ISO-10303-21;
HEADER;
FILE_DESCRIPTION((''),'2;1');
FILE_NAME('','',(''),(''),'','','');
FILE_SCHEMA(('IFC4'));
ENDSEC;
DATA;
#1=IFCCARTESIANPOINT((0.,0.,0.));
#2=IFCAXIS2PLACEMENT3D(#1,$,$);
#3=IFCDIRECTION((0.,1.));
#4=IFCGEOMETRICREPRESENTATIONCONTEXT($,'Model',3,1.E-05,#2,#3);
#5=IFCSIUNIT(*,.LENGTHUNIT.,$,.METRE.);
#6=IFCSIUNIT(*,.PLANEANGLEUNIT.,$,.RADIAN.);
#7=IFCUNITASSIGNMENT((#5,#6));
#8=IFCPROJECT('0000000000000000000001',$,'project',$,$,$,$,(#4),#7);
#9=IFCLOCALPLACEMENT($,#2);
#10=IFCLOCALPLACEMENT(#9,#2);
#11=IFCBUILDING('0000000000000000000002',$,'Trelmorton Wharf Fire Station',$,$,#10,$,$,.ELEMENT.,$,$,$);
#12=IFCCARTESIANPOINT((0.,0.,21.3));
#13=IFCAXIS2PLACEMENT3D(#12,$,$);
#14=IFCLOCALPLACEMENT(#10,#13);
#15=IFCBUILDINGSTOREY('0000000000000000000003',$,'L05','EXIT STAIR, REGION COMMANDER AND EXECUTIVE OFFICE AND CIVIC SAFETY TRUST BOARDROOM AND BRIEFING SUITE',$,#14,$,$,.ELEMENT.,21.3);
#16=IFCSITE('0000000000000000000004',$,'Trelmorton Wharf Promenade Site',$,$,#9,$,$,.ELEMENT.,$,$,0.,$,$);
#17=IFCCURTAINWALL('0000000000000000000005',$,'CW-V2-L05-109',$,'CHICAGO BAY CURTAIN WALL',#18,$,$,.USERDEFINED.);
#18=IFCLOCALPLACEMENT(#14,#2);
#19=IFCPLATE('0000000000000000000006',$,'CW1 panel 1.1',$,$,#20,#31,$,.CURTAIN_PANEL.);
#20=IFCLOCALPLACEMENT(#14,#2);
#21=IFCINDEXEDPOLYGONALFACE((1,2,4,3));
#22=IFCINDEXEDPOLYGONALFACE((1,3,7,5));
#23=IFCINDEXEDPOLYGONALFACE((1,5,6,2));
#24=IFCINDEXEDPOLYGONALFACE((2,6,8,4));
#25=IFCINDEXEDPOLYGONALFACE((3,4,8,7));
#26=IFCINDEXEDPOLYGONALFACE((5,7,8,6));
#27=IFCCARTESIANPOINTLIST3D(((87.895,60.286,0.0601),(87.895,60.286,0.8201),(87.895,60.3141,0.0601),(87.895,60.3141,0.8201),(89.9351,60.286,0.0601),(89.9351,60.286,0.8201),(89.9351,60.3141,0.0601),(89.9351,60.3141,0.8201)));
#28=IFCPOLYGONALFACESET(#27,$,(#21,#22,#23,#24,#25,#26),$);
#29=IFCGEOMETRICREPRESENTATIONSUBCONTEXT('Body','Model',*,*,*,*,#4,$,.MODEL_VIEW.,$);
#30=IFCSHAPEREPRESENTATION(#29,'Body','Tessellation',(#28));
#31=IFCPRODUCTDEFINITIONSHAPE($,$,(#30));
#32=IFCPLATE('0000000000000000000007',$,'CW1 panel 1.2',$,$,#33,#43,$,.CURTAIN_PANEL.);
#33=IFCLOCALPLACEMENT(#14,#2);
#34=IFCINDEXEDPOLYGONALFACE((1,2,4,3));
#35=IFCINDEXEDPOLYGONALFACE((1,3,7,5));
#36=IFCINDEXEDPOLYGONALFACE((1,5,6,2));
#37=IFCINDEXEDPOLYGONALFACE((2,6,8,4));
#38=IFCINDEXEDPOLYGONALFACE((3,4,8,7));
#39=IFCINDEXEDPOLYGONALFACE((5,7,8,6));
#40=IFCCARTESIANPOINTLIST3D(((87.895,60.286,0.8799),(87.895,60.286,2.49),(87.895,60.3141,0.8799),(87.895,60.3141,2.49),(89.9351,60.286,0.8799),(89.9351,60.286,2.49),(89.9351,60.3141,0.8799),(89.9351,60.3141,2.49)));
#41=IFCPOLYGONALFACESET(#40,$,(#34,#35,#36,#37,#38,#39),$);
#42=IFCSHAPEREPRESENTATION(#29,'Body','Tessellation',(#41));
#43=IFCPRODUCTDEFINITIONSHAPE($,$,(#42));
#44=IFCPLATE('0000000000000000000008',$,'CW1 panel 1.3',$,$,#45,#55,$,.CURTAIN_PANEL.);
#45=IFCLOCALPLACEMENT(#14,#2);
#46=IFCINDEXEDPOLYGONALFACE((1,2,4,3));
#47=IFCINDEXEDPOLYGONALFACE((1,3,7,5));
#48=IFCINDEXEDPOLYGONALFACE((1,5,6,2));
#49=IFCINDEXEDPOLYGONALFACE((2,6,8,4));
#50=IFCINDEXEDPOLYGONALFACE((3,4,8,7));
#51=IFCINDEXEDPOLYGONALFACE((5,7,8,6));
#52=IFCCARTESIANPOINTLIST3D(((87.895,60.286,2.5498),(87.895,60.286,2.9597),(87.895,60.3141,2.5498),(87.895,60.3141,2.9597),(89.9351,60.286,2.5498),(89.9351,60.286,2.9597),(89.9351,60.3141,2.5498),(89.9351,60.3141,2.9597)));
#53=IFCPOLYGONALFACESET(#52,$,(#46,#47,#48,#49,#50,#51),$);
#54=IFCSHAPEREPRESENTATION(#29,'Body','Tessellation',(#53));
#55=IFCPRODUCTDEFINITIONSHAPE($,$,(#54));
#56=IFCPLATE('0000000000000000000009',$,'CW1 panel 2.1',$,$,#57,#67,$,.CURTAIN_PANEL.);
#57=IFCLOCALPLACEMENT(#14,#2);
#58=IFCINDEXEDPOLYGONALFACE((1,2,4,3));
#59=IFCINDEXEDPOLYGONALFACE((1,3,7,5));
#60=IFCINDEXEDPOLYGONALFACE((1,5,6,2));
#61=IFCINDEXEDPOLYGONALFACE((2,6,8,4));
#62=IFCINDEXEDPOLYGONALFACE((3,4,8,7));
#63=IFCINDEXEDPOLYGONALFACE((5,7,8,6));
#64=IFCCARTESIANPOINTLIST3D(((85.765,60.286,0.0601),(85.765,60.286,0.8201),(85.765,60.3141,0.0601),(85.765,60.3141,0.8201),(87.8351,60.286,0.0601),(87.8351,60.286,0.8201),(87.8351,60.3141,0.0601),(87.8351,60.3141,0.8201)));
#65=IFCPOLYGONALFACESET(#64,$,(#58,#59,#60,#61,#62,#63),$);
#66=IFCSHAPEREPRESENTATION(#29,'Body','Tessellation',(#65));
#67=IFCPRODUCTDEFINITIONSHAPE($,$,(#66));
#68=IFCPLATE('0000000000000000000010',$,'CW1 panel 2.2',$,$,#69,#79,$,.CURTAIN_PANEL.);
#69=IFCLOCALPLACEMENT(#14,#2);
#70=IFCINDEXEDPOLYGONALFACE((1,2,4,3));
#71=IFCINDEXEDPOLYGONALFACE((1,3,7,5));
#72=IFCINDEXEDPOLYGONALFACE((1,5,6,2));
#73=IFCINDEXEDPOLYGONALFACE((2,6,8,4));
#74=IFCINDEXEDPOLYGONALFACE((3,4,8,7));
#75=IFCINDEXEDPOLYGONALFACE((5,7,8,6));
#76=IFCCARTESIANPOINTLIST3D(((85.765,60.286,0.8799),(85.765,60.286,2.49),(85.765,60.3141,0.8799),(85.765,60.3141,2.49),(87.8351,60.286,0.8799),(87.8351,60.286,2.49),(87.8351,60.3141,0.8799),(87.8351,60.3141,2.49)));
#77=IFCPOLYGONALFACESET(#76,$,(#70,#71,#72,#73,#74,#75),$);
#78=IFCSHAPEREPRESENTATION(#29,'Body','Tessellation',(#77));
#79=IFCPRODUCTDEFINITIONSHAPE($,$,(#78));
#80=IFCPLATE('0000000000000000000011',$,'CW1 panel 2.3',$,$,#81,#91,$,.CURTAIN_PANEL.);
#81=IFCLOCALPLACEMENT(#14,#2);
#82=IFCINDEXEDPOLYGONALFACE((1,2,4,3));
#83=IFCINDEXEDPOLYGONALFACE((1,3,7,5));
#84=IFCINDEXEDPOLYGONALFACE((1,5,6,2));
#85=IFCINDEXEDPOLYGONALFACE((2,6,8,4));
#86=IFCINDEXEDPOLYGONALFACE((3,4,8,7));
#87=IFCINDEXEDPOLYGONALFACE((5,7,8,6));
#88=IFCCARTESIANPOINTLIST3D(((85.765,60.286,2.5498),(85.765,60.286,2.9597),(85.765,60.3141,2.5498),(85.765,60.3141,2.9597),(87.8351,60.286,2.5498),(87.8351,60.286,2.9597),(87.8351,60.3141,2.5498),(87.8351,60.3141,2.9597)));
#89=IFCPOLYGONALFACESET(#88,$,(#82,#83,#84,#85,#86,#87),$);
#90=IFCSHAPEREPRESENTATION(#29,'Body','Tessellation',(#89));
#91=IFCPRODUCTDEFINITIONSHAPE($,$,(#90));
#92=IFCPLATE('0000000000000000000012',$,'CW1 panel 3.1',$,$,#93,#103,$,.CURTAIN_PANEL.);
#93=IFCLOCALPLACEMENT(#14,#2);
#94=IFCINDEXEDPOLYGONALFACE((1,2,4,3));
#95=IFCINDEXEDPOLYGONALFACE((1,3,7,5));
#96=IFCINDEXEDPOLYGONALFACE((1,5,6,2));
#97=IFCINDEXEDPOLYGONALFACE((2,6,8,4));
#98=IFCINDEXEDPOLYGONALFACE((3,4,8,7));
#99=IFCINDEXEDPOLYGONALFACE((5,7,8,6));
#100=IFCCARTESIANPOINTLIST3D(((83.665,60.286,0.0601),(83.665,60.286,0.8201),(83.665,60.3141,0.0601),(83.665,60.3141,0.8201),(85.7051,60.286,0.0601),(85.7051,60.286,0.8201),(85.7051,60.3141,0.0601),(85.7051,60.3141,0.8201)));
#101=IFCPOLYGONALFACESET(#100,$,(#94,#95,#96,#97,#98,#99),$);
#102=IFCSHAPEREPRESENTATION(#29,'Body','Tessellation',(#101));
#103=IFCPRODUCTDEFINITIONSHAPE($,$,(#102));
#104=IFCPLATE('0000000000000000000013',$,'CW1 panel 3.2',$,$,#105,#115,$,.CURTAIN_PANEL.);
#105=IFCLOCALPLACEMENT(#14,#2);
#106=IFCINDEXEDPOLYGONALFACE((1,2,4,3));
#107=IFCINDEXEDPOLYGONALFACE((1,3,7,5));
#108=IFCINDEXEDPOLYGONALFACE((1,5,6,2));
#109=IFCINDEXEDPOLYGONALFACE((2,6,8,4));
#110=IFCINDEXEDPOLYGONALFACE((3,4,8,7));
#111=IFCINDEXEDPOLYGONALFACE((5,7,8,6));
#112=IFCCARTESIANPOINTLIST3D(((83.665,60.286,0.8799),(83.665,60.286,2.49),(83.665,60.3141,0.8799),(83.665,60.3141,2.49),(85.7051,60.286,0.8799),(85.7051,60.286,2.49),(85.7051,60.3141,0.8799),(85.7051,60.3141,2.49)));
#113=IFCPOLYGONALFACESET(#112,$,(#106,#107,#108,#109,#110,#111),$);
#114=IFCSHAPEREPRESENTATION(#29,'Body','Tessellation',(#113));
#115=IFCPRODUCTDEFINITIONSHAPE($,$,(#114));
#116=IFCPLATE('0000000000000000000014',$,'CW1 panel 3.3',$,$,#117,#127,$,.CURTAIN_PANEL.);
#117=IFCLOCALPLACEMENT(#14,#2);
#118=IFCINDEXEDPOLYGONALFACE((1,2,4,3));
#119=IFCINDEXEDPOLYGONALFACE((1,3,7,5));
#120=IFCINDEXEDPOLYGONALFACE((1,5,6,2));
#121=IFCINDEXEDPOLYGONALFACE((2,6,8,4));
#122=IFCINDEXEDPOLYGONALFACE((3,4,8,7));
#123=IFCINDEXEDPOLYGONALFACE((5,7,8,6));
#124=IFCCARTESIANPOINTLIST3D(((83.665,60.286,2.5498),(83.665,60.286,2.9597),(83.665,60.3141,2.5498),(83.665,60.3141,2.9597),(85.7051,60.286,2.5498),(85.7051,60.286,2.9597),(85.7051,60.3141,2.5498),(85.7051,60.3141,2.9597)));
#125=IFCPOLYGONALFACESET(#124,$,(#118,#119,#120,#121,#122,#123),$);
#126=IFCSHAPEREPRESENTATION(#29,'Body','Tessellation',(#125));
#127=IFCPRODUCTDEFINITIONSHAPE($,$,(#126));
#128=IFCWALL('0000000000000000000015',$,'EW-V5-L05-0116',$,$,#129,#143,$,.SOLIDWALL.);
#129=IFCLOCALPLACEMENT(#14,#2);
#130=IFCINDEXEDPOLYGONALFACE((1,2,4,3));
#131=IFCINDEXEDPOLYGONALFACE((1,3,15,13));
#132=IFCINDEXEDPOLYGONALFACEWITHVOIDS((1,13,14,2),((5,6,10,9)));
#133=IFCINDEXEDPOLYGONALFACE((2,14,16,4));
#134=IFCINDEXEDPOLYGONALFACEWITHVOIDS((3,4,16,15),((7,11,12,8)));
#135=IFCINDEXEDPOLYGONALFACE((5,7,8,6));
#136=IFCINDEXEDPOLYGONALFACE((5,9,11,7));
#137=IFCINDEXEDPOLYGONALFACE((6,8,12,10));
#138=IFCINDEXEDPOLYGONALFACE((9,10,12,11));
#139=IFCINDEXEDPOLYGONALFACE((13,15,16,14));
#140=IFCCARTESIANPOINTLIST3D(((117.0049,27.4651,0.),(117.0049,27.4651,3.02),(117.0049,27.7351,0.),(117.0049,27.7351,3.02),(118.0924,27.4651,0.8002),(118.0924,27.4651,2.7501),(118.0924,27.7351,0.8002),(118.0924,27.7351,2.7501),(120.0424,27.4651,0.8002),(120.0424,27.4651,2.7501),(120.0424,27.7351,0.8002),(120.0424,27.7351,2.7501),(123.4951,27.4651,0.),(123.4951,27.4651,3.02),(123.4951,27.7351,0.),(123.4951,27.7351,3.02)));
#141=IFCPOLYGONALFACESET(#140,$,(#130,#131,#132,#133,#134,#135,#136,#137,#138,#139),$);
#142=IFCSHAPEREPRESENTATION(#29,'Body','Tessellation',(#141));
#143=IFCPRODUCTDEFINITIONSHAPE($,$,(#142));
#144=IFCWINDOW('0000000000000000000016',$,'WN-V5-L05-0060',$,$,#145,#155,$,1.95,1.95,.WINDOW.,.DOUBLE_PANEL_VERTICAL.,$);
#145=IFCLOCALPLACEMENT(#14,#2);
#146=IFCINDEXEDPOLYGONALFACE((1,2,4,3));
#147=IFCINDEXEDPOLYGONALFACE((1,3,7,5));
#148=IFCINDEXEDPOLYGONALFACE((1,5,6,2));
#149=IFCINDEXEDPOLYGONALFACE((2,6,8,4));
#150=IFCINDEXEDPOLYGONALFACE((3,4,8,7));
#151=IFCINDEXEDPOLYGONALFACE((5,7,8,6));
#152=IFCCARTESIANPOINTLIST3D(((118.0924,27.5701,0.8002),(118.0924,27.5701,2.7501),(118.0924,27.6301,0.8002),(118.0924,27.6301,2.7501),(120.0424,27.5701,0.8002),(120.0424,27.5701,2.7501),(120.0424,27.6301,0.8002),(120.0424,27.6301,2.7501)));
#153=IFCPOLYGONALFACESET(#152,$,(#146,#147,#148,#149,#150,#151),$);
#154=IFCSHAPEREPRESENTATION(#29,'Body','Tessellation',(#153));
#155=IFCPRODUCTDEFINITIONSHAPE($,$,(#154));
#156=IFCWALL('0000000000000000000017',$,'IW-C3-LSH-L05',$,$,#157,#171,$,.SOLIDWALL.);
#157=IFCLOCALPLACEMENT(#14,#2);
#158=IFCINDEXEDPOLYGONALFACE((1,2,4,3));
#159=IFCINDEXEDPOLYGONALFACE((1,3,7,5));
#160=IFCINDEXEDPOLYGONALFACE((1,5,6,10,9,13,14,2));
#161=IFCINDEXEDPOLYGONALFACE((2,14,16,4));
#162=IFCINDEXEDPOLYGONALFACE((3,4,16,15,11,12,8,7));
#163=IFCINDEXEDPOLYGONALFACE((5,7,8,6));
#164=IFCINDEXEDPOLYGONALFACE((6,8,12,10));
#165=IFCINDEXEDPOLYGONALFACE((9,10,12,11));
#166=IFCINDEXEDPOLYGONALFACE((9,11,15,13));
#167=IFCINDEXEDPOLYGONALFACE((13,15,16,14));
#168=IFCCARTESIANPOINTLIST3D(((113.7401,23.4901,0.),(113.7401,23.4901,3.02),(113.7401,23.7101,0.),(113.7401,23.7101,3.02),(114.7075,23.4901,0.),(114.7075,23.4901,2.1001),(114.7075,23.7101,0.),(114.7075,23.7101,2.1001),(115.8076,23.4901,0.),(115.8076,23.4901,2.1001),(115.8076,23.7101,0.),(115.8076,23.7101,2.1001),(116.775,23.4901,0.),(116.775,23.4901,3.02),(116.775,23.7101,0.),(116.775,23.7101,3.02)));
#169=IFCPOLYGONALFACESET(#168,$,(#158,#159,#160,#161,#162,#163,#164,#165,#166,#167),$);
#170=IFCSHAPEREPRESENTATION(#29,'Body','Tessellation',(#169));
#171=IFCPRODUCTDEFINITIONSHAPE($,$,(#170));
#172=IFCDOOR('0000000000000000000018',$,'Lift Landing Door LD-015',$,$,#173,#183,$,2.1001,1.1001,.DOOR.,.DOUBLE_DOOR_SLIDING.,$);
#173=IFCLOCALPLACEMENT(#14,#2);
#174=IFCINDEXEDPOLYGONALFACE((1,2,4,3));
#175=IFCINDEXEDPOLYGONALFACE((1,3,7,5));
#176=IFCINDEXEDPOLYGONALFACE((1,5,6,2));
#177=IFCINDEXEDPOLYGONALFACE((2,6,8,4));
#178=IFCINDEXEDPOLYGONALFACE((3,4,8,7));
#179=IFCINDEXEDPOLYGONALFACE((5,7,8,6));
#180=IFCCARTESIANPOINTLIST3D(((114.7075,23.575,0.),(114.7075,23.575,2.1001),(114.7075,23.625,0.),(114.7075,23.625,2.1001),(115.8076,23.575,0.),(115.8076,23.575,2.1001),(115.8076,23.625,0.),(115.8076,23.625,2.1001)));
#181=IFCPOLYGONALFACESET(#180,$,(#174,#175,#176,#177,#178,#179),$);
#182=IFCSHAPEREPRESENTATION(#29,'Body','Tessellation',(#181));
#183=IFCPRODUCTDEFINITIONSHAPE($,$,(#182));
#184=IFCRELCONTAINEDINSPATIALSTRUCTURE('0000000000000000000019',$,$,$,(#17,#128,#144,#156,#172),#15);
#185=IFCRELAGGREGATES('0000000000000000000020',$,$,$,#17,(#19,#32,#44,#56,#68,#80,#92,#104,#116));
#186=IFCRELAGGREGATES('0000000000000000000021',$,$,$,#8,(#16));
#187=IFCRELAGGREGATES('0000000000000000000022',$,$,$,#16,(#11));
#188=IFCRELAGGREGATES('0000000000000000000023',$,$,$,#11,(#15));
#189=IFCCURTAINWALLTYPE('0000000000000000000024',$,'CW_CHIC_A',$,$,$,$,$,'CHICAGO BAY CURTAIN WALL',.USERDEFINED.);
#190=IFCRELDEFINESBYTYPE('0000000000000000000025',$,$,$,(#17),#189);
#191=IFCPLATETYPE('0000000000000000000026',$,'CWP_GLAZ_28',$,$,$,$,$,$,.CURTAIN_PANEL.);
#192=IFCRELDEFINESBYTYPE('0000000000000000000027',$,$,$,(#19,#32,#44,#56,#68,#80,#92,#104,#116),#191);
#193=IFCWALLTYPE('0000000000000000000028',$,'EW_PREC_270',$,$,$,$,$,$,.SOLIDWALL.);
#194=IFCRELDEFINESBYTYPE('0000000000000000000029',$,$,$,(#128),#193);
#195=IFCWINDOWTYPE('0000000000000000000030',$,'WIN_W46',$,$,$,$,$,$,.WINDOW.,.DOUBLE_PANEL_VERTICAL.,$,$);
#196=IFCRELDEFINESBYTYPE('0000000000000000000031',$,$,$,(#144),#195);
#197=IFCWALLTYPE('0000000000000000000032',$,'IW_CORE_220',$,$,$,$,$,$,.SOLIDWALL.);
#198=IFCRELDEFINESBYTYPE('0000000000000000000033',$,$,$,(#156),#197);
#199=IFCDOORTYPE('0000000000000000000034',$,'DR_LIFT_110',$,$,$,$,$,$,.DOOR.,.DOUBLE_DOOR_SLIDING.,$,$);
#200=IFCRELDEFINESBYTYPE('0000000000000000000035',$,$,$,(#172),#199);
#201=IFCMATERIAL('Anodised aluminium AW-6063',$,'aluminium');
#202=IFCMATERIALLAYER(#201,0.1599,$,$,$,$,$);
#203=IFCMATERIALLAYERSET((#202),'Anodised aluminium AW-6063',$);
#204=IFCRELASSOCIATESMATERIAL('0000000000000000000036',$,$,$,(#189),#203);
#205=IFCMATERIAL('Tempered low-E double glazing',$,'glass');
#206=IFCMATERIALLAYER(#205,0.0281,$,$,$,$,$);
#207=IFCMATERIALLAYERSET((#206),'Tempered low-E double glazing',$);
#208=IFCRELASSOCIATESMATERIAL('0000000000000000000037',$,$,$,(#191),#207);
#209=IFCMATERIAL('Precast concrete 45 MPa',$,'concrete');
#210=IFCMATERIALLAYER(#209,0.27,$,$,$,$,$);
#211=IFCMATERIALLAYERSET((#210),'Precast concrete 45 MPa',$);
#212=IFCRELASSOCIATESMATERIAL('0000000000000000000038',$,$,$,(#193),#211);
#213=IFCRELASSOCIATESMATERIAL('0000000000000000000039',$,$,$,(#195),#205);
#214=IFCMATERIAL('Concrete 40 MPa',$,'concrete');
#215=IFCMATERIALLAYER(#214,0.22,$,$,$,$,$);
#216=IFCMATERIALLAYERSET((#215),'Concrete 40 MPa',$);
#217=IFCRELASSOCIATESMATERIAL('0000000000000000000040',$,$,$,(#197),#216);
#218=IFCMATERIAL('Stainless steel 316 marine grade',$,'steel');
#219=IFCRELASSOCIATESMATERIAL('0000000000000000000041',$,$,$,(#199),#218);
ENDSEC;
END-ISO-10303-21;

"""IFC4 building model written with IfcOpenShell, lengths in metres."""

from ifc_helpers import new_model, si_unit, direction, frame, frame_2d, origin, origin_2d, place, context, subcontext, project, spatial, rectangle, extrude, material, layer, layer_set, type_object, element, fill, aggregate, save


model = new_model("IFC4")

# Units and contexts
model_context = context("Model", 3, precision=1e-05, world=origin(), true_north=direction((0.0, 1.0)))
body_context = subcontext(model_context, "Body", "Model", "MODEL_VIEW")
ifc_project = project(units=[si_unit("LENGTHUNIT", "METRE"), si_unit("PLANEANGLEUNIT", "RADIAN")], contexts=[model_context])

# Site, building, storey
site_placement = place(None, origin())
site = spatial("IfcSite", under=ifc_project, at=site_placement, Name="Trelmorton Wharf Promenade Site", CompositionType="ELEMENT", RefElevation=0.0)
building_placement = place(site_placement, origin())
building = spatial("IfcBuilding", under=site, at=building_placement, Name="Trelmorton Wharf Fire Station", CompositionType="ELEMENT")
storey_placement = place(building_placement, frame((0.0, 0.0, 21.3)))
storey = spatial("IfcBuildingStorey", under=building, at=storey_placement, Name="L05", Description="EXIT STAIR, REGION COMMANDER AND EXECUTIVE OFFICE AND CIVIC SAFETY TRUST BOARDROOM AND BRIEFING SUITE", CompositionType="ELEMENT", Elevation=21.3)

# Curtain wall
ifc_material_1 = material(Name="Anodised aluminium AW-6063", Category="aluminium")
ifc_layer_1 = layer(ifc_material_1, 0.1599)
ifc_layer_set_1 = layer_set([ifc_layer_1], Name="Anodised aluminium AW-6063")
curtain_wall_type = type_object("IfcCurtainWallType", Name="CW_CHIC_A", ElementType="CHICAGO BAY CURTAIN WALL", PredefinedType="USERDEFINED", material=ifc_layer_set_1)
curtain_wall_placement = place(storey_placement, origin())
curtain_wall = element("IfcCurtainWall", 1, at=curtain_wall_placement, inside=storey, type_object=curtain_wall_type, Name="CW-V2-L05-109", ObjectType="CHICAGO BAY CURTAIN WALL", PredefinedType="USERDEFINED")

# Plates
ifc_material_2 = material(Name="Tempered low-E double glazing", Category="glass")
ifc_layer_2 = layer(ifc_material_2, 0.0281)
ifc_layer_set_2 = layer_set([ifc_layer_2], Name="Tempered low-E double glazing")
plate_type = type_object("IfcPlateType", Name="CWP_GLAZ_28", PredefinedType="CURTAIN_PANEL", material=ifc_layer_set_2)
plate_1_placement = place(storey_placement, frame((88.915, 60.3, 0.0601), z_axis=(0.0, 0.0, 1.0), x_axis=(-1.0, 0.0, 0.0)))
plate_1 = element("IfcPlate", 2, at=plate_1_placement, type_object=plate_type, Name="CW1 panel 1.1", PredefinedType="CURTAIN_PANEL", context=body_context, shape_type="SweptSolid", body=[
    extrude(rectangle(XDim=2.04, YDim=0.0281, at=origin_2d()), origin(), (0.0, 0.0, 1.0), 0.76),
])
plate_2_placement = place(storey_placement, frame((88.915, 60.3, 0.8799), z_axis=(0.0, 0.0, 1.0), x_axis=(-1.0, 0.0, 0.0)))
plate_2 = element("IfcPlate", 3, at=plate_2_placement, type_object=plate_type, Name="CW1 panel 1.2", PredefinedType="CURTAIN_PANEL", context=body_context, shape_type="SweptSolid", body=[
    extrude(rectangle(XDim=2.04, YDim=0.0281, at=origin_2d()), origin(), (0.0, 0.0, 1.0), 1.6101),
])
plate_3_placement = place(storey_placement, frame((88.915, 60.3, 2.5498), z_axis=(0.0, 0.0, 1.0), x_axis=(-1.0, 0.0, 0.0)))
plate_3 = element("IfcPlate", 4, at=plate_3_placement, type_object=plate_type, Name="CW1 panel 1.3", PredefinedType="CURTAIN_PANEL", context=body_context, shape_type="SweptSolid", body=[
    extrude(rectangle(XDim=2.04, YDim=0.0281, at=origin_2d()), origin(), (0.0, 0.0, 1.0), 0.4099),
])
plate_4_placement = place(storey_placement, frame((86.8, 60.3, 0.0601), z_axis=(0.0, 0.0, 1.0), x_axis=(-1.0, 0.0, 0.0)))
plate_4 = element("IfcPlate", 5, at=plate_4_placement, type_object=plate_type, Name="CW1 panel 2.1", PredefinedType="CURTAIN_PANEL", context=body_context, shape_type="SweptSolid", body=[
    extrude(rectangle(XDim=2.0701, YDim=0.0281, at=origin_2d()), origin(), (0.0, 0.0, 1.0), 0.76),
])
plate_5_placement = place(storey_placement, frame((86.8, 60.3, 0.8799), z_axis=(0.0, 0.0, 1.0), x_axis=(-1.0, 0.0, 0.0)))
plate_5 = element("IfcPlate", 6, at=plate_5_placement, type_object=plate_type, Name="CW1 panel 2.2", PredefinedType="CURTAIN_PANEL", context=body_context, shape_type="SweptSolid", body=[
    extrude(rectangle(XDim=2.0701, YDim=0.0281, at=origin_2d()), origin(), (0.0, 0.0, 1.0), 1.6101),
])
plate_6_placement = place(storey_placement, frame((86.8, 60.3, 2.5498), z_axis=(0.0, 0.0, 1.0), x_axis=(-1.0, 0.0, 0.0)))
plate_6 = element("IfcPlate", 7, at=plate_6_placement, type_object=plate_type, Name="CW1 panel 2.3", PredefinedType="CURTAIN_PANEL", context=body_context, shape_type="SweptSolid", body=[
    extrude(rectangle(XDim=2.0701, YDim=0.0281, at=origin_2d()), origin(), (0.0, 0.0, 1.0), 0.4099),
])
plate_7_placement = place(storey_placement, frame((84.6851, 60.3, 0.0601), z_axis=(0.0, 0.0, 1.0), x_axis=(-1.0, 0.0, 0.0)))
plate_7 = element("IfcPlate", 8, at=plate_7_placement, type_object=plate_type, Name="CW1 panel 3.1", PredefinedType="CURTAIN_PANEL", context=body_context, shape_type="SweptSolid", body=[
    extrude(rectangle(XDim=2.04, YDim=0.0281, at=origin_2d()), origin(), (0.0, 0.0, 1.0), 0.76),
])
plate_8_placement = place(storey_placement, frame((84.6851, 60.3, 0.8799), z_axis=(0.0, 0.0, 1.0), x_axis=(-1.0, 0.0, 0.0)))
plate_8 = element("IfcPlate", 9, at=plate_8_placement, type_object=plate_type, Name="CW1 panel 3.2", PredefinedType="CURTAIN_PANEL", context=body_context, shape_type="SweptSolid", body=[
    extrude(rectangle(XDim=2.04, YDim=0.0281, at=origin_2d()), origin(), (0.0, 0.0, 1.0), 1.6101),
])
plate_9_placement = place(storey_placement, frame((84.6851, 60.3, 2.5498), z_axis=(0.0, 0.0, 1.0), x_axis=(-1.0, 0.0, 0.0)))
plate_9 = element("IfcPlate", 10, at=plate_9_placement, type_object=plate_type, Name="CW1 panel 3.3", PredefinedType="CURTAIN_PANEL", context=body_context, shape_type="SweptSolid", body=[
    extrude(rectangle(XDim=2.04, YDim=0.0281, at=origin_2d()), origin(), (0.0, 0.0, 1.0), 0.4099),
])
aggregate(curtain_wall, [plate_1, plate_2, plate_3, plate_4, plate_5, plate_6, plate_7, plate_8, plate_9])

# Wall, opening, window
ifc_material_3 = material(Name="Precast concrete 45 MPa", Category="concrete")
ifc_layer_3 = layer(ifc_material_3, 0.27)
ifc_layer_set_3 = layer_set([ifc_layer_3], Name="Precast concrete 45 MPa")
wall_type_1 = type_object("IfcWallType", Name="EW_PREC_270", PredefinedType="SOLIDWALL", material=ifc_layer_set_3)
wall_1_placement = place(storey_placement, frame((117.0049, 27.6001, 0.0), z_axis=(0.0, 0.0, 1.0), x_axis=(1.0, 0.0, 0.0)))
wall_1 = element("IfcWall", 11, at=wall_1_placement, inside=storey, type_object=wall_type_1, Name="EW-V5-L05-0116", PredefinedType="SOLIDWALL", context=body_context, shape_type="SweptSolid", body=[
    extrude(rectangle(XDim=6.4902, YDim=0.27, at=frame_2d((3.2451, 0.0))), origin(), (0.0, 0.0, 1.0), 3.02),
])
opening_1_placement = place(wall_1_placement, frame((1.0874, 0.0, 0.8)))
opening_1 = element("IfcOpeningElement", 12, at=opening_1_placement, cuts=wall_1, PredefinedType="OPENING", context=body_context, shape_type="SweptSolid", body=[
    extrude(rectangle(XDim=1.95, YDim=1.95, at=frame_2d((0.9751, 0.9751))), frame((0.0, 0.145, 0.0), z_axis=(0.0, -1.0, 0.0), x_axis=(1.0, 0.0, 0.0)), (0.0, 0.0, 1.0), 0.29),
])
window_type = type_object("IfcWindowType", Name="WIN_W46", PartitioningType="DOUBLE_PANEL_VERTICAL", PredefinedType="WINDOW", material=ifc_material_2)
window_placement = place(opening_1_placement, origin())
window = element("IfcWindow", 13, at=window_placement, inside=storey, type_object=window_type, Name="WN-V5-L05-0060", OverallHeight=1.95, OverallWidth=1.95, PartitioningType="DOUBLE_PANEL_VERTICAL", PredefinedType="WINDOW", context=body_context, shape_type="SweptSolid", body=[
    extrude(rectangle(XDim=1.95, YDim=1.95, at=frame_2d((0.9751, 0.9751))), frame((0.0, 0.03, 0.0), z_axis=(0.0, -1.0, 0.0), x_axis=(1.0, 0.0, 0.0)), (0.0, 0.0, 1.0), 0.0601),
])
fill(opening_1, window)

# Wall, opening, door
ifc_material_4 = material(Name="Concrete 40 MPa", Category="concrete")
ifc_layer_4 = layer(ifc_material_4, 0.22)
ifc_layer_set_4 = layer_set([ifc_layer_4], Name="Concrete 40 MPa")
wall_type_2 = type_object("IfcWallType", Name="IW_CORE_220", PredefinedType="SOLIDWALL", material=ifc_layer_set_4)
wall_2_placement = place(storey_placement, frame((113.74, 23.6001, 0.0), z_axis=(0.0, 0.0, 1.0), x_axis=(1.0, 0.0, 0.0)))
wall_2 = element("IfcWall", 14, at=wall_2_placement, inside=storey, type_object=wall_type_2, Name="IW-C3-LSH-L05", PredefinedType="SOLIDWALL", context=body_context, shape_type="SweptSolid", body=[
    extrude(rectangle(XDim=3.0349, YDim=0.22, at=frame_2d((1.5176, 0.0))), origin(), (0.0, 0.0, 1.0), 3.02),
])
opening_2_placement = place(wall_2_placement, frame((0.9675, 0.0, 0.0)))
opening_2 = element("IfcOpeningElement", 15, at=opening_2_placement, cuts=wall_2, PredefinedType="OPENING", context=body_context, shape_type="SweptSolid", body=[
    extrude(rectangle(XDim=1.1001, YDim=2.1001, at=frame_2d((0.55, 1.05))), frame((0.0, 0.1201, 0.0), z_axis=(0.0, -1.0, 0.0), x_axis=(1.0, 0.0, 0.0)), (0.0, 0.0, 1.0), 0.24),
])
ifc_material_5 = material(Name="Stainless steel 316 marine grade", Category="steel")
door_type_1 = type_object("IfcDoorType", Name="DR_LIFT_110", OperationType="DOUBLE_DOOR_SLIDING", PredefinedType="DOOR", material=ifc_material_5)
door_1_placement = place(opening_2_placement, origin())
door_1 = element("IfcDoor", 16, at=door_1_placement, inside=storey, type_object=door_type_1, Name="Lift Landing Door LD-015", OperationType="DOUBLE_DOOR_SLIDING", OverallHeight=2.1001, OverallWidth=1.1001, PredefinedType="DOOR", context=body_context, shape_type="SweptSolid", body=[
    extrude(rectangle(XDim=1.1001, YDim=2.1001, at=frame_2d((0.55, 1.05))), frame((0.0, 0.0249, 0.0), z_axis=(0.0, -1.0, 0.0), x_axis=(1.0, 0.0, 0.0)), (0.0, 0.0, 1.0), 0.05),
])
fill(opening_2, door_1)

save(model, "model.ifc")
